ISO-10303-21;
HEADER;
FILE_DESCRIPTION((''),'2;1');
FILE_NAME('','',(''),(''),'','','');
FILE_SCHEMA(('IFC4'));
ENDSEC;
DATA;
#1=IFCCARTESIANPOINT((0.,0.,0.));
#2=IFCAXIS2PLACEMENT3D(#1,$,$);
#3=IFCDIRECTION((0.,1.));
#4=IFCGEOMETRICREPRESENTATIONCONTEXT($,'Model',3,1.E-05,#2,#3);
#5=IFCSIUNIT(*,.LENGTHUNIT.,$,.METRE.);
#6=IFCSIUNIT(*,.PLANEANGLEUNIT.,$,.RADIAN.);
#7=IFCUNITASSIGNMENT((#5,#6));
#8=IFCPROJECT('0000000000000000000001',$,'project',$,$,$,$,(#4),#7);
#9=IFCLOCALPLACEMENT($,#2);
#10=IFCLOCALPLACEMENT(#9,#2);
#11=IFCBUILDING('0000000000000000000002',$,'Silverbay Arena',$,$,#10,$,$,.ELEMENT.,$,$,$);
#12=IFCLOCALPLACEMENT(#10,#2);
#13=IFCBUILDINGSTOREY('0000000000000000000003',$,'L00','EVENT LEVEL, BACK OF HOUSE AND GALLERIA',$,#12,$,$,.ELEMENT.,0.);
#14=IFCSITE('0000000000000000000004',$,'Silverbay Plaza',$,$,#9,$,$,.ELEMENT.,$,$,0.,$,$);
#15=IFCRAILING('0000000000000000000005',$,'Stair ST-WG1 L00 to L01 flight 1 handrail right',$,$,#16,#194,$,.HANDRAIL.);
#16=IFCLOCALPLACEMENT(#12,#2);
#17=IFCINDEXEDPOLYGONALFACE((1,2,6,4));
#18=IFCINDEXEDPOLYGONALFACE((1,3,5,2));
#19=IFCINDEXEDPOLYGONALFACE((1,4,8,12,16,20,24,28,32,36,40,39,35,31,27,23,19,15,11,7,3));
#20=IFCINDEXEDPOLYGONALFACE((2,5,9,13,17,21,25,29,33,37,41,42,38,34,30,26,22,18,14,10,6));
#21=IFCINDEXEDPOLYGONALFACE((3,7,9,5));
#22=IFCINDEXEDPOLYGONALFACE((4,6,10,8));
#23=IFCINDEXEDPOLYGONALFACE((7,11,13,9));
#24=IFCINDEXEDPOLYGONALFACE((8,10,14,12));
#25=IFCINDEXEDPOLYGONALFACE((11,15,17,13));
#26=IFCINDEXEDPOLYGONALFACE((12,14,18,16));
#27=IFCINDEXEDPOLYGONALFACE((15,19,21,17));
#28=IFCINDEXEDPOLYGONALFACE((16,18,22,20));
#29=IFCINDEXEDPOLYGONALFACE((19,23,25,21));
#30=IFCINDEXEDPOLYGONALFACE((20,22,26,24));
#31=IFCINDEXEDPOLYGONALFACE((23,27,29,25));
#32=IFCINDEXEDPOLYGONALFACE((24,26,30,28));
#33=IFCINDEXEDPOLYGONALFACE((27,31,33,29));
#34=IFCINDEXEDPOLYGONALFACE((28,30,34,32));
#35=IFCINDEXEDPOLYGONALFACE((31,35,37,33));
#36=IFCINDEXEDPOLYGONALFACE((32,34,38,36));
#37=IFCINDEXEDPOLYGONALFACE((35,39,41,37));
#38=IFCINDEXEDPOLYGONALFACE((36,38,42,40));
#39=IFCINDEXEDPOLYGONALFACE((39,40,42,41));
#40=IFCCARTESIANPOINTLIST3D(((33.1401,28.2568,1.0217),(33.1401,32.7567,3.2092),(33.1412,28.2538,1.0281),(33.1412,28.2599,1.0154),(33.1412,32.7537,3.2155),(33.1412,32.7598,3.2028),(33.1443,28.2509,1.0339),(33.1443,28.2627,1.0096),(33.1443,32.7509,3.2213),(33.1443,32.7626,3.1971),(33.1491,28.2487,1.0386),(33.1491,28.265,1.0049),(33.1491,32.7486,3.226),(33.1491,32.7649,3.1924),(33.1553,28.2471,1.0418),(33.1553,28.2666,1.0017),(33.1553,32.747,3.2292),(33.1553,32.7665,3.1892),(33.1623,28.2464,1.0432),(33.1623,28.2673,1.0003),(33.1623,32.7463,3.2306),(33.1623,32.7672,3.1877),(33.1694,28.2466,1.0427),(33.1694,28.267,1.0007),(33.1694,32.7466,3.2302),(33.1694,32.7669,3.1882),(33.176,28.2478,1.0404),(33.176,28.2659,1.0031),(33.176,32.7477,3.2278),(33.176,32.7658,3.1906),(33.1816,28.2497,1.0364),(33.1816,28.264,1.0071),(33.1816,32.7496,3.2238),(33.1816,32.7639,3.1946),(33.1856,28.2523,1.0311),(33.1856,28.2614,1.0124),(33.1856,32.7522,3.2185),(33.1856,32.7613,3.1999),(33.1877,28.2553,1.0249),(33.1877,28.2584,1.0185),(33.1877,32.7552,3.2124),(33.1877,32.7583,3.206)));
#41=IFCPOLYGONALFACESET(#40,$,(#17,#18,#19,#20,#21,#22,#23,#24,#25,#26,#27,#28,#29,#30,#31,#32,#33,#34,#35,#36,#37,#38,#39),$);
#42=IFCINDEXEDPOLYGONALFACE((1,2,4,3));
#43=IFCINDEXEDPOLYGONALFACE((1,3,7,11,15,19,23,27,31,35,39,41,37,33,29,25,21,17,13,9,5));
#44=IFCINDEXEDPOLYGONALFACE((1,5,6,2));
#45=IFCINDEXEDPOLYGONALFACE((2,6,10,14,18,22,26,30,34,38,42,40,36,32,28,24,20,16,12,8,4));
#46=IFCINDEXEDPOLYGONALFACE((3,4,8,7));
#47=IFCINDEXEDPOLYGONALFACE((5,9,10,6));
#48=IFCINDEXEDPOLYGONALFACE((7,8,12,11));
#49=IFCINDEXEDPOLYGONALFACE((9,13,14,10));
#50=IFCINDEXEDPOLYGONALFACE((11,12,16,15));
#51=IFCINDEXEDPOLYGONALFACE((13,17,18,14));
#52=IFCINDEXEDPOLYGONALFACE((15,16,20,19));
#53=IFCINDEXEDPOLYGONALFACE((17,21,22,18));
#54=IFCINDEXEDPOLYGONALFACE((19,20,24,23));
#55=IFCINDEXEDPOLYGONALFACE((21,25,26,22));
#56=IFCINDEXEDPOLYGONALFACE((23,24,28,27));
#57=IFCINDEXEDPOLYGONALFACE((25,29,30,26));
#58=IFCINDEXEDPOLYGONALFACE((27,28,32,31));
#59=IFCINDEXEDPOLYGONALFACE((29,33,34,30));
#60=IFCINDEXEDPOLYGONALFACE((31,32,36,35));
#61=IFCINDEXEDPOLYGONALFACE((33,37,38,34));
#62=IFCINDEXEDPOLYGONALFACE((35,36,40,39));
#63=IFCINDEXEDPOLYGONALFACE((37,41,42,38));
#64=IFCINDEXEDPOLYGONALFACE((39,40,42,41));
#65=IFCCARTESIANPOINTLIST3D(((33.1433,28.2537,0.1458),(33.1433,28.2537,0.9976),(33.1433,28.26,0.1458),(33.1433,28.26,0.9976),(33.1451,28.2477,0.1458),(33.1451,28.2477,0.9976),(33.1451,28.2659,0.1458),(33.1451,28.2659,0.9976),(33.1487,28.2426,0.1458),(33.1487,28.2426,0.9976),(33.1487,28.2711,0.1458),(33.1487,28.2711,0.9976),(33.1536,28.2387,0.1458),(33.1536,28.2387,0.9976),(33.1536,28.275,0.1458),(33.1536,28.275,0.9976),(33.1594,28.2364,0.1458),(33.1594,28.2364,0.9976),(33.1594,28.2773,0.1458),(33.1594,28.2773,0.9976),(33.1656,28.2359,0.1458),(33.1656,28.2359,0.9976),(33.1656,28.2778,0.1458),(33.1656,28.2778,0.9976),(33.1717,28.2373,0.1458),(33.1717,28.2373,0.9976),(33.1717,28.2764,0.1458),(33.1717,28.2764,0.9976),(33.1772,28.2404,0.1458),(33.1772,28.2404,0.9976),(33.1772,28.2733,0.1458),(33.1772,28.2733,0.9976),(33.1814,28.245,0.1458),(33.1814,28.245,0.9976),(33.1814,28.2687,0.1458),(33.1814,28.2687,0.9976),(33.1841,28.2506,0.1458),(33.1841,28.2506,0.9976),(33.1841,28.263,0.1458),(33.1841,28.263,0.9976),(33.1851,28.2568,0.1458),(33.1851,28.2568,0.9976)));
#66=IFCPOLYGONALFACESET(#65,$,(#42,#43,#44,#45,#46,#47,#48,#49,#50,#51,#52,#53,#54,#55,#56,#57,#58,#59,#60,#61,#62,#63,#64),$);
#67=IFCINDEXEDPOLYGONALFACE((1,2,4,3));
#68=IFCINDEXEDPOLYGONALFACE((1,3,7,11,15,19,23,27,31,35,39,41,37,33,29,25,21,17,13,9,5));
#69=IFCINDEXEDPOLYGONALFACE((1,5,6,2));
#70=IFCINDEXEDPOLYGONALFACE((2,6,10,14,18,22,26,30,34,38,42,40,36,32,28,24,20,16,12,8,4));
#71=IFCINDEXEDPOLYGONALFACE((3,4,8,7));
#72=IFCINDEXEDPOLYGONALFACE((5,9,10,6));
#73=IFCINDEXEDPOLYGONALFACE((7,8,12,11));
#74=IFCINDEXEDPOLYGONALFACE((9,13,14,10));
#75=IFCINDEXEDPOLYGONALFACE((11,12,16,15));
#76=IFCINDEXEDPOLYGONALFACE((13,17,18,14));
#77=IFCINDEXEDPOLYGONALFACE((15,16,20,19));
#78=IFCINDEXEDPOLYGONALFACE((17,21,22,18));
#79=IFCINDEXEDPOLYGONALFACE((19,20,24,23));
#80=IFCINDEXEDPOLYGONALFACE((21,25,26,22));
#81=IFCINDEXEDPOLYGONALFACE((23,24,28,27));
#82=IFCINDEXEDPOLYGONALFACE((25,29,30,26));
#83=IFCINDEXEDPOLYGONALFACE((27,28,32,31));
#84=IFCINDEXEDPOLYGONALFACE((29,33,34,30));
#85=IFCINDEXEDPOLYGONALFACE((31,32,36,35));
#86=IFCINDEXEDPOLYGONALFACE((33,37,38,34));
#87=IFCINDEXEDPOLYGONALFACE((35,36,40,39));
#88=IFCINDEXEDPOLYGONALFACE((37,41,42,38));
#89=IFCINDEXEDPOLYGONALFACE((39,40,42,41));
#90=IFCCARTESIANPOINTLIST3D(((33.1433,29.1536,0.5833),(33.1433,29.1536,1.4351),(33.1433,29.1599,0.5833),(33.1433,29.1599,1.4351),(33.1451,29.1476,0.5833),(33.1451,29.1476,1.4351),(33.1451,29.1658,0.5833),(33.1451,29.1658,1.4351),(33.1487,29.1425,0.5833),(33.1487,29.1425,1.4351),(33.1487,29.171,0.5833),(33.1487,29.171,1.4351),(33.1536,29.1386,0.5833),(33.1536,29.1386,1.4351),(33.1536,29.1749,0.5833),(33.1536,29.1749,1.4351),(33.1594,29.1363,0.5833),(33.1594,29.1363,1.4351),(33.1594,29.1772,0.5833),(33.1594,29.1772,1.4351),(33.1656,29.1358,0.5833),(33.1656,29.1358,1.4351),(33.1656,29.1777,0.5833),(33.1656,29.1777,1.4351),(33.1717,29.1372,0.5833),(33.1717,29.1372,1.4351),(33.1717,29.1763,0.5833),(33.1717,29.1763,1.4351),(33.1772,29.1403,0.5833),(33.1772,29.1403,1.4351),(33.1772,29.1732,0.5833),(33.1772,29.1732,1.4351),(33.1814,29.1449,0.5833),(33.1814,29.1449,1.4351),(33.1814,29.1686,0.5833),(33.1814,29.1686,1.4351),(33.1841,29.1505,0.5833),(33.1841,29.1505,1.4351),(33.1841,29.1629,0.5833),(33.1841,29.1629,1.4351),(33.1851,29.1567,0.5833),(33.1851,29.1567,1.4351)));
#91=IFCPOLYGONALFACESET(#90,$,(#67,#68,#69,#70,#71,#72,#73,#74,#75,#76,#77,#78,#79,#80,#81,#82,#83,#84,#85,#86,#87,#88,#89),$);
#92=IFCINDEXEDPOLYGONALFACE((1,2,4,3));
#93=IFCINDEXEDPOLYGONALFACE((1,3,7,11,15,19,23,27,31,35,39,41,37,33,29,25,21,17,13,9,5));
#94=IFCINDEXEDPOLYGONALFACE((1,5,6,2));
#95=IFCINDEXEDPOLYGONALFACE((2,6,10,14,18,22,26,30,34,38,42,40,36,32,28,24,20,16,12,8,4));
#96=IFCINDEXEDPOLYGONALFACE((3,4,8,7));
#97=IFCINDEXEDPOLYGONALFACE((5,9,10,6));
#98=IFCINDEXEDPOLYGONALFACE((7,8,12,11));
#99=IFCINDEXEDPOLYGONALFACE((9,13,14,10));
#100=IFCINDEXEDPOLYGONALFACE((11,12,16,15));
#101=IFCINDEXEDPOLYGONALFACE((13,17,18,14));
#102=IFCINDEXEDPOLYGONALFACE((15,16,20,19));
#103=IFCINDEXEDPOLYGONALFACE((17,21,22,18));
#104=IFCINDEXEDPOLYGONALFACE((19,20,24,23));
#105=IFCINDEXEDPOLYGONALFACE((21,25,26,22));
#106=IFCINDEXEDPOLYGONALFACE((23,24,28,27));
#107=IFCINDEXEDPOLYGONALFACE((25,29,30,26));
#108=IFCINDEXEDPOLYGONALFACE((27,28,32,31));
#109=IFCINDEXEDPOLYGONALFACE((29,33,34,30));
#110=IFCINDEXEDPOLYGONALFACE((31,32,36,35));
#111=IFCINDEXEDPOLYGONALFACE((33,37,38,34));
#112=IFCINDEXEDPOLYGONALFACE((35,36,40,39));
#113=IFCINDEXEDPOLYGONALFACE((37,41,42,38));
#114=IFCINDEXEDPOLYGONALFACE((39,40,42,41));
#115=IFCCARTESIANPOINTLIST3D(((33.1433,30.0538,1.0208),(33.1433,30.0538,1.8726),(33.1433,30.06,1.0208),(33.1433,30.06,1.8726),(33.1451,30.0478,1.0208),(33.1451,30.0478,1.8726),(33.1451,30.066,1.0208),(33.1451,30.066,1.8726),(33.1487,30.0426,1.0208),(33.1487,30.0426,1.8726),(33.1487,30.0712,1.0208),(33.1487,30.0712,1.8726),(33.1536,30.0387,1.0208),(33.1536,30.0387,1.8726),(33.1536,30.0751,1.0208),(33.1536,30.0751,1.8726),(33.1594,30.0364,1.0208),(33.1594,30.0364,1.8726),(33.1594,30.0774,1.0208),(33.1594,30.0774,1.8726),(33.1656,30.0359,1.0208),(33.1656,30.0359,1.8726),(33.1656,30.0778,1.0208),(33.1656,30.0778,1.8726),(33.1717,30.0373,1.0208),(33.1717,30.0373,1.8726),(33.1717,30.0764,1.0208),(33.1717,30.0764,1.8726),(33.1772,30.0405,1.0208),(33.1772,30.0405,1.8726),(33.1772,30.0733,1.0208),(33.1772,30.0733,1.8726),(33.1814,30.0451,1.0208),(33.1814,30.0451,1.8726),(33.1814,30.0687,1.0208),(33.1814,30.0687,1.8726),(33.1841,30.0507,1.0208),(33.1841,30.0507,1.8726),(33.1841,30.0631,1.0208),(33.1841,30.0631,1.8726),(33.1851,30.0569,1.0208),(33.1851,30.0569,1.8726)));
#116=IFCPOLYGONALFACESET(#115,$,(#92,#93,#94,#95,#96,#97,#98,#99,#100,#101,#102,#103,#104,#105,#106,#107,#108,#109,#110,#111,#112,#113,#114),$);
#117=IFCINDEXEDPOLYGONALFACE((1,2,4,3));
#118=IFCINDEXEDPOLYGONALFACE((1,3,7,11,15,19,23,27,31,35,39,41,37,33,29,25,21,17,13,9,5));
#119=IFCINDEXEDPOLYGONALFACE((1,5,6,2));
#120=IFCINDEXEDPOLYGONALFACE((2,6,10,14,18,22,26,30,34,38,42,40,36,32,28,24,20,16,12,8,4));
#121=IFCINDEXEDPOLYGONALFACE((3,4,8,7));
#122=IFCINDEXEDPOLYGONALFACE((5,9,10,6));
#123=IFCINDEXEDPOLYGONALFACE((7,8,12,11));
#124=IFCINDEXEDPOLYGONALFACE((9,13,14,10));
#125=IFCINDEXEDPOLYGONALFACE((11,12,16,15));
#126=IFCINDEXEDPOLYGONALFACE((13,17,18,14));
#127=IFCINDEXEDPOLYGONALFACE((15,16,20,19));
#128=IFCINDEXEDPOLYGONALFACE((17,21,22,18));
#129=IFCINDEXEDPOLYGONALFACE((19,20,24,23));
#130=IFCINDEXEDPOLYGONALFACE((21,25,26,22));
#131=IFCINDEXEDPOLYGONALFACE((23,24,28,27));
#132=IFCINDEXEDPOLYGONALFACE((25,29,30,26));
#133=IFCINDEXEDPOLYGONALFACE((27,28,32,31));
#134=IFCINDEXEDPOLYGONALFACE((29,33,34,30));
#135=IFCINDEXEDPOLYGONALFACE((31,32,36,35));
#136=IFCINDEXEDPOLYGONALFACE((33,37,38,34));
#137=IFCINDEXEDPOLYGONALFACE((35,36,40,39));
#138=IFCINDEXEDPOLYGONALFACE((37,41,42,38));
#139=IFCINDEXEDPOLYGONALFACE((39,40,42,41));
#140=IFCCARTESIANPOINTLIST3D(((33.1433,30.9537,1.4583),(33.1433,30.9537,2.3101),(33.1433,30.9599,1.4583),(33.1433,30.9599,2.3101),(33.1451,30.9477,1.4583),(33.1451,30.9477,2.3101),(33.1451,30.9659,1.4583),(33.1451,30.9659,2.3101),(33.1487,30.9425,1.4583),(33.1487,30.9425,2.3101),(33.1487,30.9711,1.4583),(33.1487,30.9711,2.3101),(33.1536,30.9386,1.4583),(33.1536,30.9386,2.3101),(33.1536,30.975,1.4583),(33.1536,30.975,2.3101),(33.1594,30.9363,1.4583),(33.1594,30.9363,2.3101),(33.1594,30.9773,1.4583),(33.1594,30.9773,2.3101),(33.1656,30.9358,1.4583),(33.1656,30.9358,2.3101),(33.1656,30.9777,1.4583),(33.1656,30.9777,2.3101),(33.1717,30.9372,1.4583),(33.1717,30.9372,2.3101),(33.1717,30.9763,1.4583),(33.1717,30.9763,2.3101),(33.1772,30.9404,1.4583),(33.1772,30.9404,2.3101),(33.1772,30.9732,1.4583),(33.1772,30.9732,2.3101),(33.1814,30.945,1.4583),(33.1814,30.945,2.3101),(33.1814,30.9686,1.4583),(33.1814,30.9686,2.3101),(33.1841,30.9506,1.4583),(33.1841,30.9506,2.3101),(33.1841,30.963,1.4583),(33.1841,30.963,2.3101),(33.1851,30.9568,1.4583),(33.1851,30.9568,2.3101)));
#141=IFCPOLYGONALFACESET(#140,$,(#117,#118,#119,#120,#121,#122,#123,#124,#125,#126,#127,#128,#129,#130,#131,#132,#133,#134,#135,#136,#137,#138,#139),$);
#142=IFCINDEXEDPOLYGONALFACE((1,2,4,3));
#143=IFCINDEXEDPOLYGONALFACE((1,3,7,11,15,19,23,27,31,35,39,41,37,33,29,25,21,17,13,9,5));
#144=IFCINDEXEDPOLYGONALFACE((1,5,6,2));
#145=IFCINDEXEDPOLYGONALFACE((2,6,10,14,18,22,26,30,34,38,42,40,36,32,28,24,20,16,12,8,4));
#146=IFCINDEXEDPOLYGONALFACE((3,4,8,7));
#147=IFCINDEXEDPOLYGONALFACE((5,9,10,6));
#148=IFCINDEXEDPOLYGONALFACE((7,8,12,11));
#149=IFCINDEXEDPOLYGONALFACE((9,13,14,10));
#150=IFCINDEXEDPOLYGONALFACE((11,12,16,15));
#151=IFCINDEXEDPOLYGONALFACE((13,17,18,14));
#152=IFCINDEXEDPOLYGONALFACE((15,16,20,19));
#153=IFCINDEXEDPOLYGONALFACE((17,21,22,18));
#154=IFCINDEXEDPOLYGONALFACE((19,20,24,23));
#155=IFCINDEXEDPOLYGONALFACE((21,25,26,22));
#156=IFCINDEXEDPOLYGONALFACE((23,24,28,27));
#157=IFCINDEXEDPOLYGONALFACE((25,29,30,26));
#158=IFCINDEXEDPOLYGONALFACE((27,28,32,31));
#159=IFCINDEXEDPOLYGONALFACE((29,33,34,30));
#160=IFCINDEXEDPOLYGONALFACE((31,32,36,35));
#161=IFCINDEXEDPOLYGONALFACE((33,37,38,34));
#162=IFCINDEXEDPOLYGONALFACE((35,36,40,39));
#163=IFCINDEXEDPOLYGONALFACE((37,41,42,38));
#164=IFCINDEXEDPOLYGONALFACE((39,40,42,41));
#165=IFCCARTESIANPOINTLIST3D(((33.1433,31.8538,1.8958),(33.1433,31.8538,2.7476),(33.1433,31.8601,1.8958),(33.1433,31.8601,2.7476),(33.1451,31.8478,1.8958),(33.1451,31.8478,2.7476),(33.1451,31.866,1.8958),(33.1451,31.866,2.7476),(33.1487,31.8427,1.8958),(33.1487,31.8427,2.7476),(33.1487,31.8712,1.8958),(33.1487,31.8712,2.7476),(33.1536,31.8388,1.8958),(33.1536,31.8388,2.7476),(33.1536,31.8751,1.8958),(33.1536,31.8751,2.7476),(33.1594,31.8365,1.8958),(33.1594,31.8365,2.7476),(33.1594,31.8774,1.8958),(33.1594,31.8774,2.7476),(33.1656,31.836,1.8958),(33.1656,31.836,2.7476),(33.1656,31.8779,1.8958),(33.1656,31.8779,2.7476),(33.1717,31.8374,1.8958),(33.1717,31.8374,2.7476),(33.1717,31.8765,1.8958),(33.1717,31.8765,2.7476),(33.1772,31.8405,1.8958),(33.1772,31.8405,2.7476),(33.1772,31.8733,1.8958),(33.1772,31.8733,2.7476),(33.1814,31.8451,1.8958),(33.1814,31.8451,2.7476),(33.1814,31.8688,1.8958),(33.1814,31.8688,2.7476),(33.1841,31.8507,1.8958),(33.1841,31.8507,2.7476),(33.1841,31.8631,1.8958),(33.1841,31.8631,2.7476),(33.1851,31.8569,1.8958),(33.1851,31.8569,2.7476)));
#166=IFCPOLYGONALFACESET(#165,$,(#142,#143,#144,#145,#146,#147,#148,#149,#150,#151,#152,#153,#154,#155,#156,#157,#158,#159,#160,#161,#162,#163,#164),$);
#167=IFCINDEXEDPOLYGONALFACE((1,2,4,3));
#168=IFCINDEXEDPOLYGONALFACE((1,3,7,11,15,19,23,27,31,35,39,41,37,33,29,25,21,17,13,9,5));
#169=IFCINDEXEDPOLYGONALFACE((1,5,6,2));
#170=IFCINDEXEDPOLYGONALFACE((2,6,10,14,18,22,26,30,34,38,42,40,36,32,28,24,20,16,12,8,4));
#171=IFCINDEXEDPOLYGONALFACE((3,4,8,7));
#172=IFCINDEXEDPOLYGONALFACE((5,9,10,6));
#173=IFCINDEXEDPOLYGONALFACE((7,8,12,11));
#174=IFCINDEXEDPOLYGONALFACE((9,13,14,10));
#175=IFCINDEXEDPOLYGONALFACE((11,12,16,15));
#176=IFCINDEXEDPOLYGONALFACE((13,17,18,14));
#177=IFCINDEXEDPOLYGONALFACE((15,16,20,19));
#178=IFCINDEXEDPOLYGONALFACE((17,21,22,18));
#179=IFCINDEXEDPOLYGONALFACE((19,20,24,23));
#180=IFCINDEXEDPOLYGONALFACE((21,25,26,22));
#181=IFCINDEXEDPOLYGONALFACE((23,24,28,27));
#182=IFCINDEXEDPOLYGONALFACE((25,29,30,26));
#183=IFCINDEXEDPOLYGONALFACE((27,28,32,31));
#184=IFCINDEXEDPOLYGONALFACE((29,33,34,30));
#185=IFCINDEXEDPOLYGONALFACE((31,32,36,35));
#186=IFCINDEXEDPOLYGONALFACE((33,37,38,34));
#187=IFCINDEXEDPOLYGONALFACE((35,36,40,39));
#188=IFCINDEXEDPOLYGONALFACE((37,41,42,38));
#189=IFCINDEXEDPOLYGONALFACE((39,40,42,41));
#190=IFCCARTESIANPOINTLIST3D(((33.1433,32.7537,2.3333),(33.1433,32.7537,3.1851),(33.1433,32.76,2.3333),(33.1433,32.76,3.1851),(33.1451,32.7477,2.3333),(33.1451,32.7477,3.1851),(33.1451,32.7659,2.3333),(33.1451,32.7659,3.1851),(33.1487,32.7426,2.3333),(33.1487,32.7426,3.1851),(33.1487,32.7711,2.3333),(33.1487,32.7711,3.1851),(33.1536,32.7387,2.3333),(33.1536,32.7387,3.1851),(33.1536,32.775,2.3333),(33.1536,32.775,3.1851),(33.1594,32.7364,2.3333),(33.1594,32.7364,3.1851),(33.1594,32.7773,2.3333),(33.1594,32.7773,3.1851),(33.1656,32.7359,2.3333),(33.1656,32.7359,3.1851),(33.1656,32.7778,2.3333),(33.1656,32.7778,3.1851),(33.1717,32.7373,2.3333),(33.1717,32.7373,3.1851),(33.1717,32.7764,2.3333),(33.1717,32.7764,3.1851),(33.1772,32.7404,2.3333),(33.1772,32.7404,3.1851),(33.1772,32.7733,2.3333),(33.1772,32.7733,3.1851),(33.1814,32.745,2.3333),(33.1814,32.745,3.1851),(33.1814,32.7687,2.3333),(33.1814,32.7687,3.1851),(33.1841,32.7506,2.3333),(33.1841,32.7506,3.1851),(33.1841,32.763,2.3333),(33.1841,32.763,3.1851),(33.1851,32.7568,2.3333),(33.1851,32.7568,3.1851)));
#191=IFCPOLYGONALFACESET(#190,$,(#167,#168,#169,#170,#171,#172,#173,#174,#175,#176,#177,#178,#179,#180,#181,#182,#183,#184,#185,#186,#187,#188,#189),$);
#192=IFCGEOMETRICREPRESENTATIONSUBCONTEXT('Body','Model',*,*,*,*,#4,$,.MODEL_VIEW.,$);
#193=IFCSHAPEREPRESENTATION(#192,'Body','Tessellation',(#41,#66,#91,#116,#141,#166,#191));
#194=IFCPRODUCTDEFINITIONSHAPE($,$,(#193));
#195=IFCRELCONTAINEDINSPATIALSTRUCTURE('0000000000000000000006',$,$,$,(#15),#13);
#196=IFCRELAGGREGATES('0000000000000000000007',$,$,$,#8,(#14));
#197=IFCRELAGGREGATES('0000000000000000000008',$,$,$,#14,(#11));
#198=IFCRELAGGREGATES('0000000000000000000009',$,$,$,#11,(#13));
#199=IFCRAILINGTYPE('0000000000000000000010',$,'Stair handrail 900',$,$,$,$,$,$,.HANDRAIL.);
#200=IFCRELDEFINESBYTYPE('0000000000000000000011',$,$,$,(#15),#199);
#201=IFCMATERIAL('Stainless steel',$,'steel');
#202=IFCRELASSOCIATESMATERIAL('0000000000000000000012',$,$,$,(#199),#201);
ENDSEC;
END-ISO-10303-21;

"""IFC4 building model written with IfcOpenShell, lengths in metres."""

from ifc_helpers import new_model, si_unit, direction, frame, origin, origin_2d, place, context, subcontext, project, spatial, circle, extrude, material, type_object, element, save


model = new_model("IFC4")

# Units and contexts
model_context = context("Model", 3, precision=1e-05, world=origin(), true_north=direction((0.0, 1.0)))
body_context = subcontext(model_context, "Body", "Model", "MODEL_VIEW")
ifc_project = project(units=[si_unit("LENGTHUNIT", "METRE"), si_unit("PLANEANGLEUNIT", "RADIAN")], contexts=[model_context])

# Site, building, storey
site_placement = place(None, origin())
site = spatial("IfcSite", under=ifc_project, at=site_placement, Name="Silverbay Plaza", CompositionType="ELEMENT", RefElevation=0.0)
building_placement = place(site_placement, origin())
building = spatial("IfcBuilding", under=site, at=building_placement, Name="Silverbay Arena", CompositionType="ELEMENT")
storey_placement = place(building_placement, origin())
storey = spatial("IfcBuildingStorey", under=building, at=storey_placement, Name="L00", Description="EVENT LEVEL, BACK OF HOUSE AND GALLERIA", CompositionType="ELEMENT", Elevation=0.0)

# Railing
ifc_material_1 = material(Name="Stainless steel", Category="steel")
railing_type_1 = type_object("IfcRailingType", Name="Stair handrail 900", PredefinedType="HANDRAIL", material=ifc_material_1)
for number, where, name in (
    (1, (33.1641, 28.2568, 0.1458), "Stair ST-WG1 L00 to L01 flight 1 handrail right"),
):
    element("IfcRailing", number, at=place(storey_placement, frame(where)), inside=storey, type_object=railing_type_1, Name=name, PredefinedType="HANDRAIL", context=body_context, shape_type="SweptSolid", body=[
        extrude(circle(Radius=0.0239, at=origin_2d()), frame((0.0, 0.0, 0.876), z_axis=(0.0, 0.899368, 0.437193), x_axis=(-1.0, 0.0, 0.0)), (0.0, 0.0, 1.0), 5.0034),
        extrude(circle(Radius=0.021, at=origin_2d()), origin(), (0.0, 0.0, 1.0), 0.8518),
        extrude(circle(Radius=0.021, at=origin_2d()), frame((0.0, 0.8999, 0.4375)), (0.0, 0.0, 1.0), 0.8518),
        extrude(circle(Radius=0.021, at=origin_2d()), frame((0.0, 1.8, 0.875)), (0.0, 0.0, 1.0), 0.8518),
        extrude(circle(Radius=0.021, at=origin_2d()), frame((0.0, 2.7, 1.3125)), (0.0, 0.0, 1.0), 0.8518),
        extrude(circle(Radius=0.021, at=origin_2d()), frame((0.0, 3.6001, 1.75)), (0.0, 0.0, 1.0), 0.8518),
        extrude(circle(Radius=0.021, at=origin_2d()), frame((0.0, 4.5, 2.1875)), (0.0, 0.0, 1.0), 0.8518),
    ])

save(model, "model.ifc")
